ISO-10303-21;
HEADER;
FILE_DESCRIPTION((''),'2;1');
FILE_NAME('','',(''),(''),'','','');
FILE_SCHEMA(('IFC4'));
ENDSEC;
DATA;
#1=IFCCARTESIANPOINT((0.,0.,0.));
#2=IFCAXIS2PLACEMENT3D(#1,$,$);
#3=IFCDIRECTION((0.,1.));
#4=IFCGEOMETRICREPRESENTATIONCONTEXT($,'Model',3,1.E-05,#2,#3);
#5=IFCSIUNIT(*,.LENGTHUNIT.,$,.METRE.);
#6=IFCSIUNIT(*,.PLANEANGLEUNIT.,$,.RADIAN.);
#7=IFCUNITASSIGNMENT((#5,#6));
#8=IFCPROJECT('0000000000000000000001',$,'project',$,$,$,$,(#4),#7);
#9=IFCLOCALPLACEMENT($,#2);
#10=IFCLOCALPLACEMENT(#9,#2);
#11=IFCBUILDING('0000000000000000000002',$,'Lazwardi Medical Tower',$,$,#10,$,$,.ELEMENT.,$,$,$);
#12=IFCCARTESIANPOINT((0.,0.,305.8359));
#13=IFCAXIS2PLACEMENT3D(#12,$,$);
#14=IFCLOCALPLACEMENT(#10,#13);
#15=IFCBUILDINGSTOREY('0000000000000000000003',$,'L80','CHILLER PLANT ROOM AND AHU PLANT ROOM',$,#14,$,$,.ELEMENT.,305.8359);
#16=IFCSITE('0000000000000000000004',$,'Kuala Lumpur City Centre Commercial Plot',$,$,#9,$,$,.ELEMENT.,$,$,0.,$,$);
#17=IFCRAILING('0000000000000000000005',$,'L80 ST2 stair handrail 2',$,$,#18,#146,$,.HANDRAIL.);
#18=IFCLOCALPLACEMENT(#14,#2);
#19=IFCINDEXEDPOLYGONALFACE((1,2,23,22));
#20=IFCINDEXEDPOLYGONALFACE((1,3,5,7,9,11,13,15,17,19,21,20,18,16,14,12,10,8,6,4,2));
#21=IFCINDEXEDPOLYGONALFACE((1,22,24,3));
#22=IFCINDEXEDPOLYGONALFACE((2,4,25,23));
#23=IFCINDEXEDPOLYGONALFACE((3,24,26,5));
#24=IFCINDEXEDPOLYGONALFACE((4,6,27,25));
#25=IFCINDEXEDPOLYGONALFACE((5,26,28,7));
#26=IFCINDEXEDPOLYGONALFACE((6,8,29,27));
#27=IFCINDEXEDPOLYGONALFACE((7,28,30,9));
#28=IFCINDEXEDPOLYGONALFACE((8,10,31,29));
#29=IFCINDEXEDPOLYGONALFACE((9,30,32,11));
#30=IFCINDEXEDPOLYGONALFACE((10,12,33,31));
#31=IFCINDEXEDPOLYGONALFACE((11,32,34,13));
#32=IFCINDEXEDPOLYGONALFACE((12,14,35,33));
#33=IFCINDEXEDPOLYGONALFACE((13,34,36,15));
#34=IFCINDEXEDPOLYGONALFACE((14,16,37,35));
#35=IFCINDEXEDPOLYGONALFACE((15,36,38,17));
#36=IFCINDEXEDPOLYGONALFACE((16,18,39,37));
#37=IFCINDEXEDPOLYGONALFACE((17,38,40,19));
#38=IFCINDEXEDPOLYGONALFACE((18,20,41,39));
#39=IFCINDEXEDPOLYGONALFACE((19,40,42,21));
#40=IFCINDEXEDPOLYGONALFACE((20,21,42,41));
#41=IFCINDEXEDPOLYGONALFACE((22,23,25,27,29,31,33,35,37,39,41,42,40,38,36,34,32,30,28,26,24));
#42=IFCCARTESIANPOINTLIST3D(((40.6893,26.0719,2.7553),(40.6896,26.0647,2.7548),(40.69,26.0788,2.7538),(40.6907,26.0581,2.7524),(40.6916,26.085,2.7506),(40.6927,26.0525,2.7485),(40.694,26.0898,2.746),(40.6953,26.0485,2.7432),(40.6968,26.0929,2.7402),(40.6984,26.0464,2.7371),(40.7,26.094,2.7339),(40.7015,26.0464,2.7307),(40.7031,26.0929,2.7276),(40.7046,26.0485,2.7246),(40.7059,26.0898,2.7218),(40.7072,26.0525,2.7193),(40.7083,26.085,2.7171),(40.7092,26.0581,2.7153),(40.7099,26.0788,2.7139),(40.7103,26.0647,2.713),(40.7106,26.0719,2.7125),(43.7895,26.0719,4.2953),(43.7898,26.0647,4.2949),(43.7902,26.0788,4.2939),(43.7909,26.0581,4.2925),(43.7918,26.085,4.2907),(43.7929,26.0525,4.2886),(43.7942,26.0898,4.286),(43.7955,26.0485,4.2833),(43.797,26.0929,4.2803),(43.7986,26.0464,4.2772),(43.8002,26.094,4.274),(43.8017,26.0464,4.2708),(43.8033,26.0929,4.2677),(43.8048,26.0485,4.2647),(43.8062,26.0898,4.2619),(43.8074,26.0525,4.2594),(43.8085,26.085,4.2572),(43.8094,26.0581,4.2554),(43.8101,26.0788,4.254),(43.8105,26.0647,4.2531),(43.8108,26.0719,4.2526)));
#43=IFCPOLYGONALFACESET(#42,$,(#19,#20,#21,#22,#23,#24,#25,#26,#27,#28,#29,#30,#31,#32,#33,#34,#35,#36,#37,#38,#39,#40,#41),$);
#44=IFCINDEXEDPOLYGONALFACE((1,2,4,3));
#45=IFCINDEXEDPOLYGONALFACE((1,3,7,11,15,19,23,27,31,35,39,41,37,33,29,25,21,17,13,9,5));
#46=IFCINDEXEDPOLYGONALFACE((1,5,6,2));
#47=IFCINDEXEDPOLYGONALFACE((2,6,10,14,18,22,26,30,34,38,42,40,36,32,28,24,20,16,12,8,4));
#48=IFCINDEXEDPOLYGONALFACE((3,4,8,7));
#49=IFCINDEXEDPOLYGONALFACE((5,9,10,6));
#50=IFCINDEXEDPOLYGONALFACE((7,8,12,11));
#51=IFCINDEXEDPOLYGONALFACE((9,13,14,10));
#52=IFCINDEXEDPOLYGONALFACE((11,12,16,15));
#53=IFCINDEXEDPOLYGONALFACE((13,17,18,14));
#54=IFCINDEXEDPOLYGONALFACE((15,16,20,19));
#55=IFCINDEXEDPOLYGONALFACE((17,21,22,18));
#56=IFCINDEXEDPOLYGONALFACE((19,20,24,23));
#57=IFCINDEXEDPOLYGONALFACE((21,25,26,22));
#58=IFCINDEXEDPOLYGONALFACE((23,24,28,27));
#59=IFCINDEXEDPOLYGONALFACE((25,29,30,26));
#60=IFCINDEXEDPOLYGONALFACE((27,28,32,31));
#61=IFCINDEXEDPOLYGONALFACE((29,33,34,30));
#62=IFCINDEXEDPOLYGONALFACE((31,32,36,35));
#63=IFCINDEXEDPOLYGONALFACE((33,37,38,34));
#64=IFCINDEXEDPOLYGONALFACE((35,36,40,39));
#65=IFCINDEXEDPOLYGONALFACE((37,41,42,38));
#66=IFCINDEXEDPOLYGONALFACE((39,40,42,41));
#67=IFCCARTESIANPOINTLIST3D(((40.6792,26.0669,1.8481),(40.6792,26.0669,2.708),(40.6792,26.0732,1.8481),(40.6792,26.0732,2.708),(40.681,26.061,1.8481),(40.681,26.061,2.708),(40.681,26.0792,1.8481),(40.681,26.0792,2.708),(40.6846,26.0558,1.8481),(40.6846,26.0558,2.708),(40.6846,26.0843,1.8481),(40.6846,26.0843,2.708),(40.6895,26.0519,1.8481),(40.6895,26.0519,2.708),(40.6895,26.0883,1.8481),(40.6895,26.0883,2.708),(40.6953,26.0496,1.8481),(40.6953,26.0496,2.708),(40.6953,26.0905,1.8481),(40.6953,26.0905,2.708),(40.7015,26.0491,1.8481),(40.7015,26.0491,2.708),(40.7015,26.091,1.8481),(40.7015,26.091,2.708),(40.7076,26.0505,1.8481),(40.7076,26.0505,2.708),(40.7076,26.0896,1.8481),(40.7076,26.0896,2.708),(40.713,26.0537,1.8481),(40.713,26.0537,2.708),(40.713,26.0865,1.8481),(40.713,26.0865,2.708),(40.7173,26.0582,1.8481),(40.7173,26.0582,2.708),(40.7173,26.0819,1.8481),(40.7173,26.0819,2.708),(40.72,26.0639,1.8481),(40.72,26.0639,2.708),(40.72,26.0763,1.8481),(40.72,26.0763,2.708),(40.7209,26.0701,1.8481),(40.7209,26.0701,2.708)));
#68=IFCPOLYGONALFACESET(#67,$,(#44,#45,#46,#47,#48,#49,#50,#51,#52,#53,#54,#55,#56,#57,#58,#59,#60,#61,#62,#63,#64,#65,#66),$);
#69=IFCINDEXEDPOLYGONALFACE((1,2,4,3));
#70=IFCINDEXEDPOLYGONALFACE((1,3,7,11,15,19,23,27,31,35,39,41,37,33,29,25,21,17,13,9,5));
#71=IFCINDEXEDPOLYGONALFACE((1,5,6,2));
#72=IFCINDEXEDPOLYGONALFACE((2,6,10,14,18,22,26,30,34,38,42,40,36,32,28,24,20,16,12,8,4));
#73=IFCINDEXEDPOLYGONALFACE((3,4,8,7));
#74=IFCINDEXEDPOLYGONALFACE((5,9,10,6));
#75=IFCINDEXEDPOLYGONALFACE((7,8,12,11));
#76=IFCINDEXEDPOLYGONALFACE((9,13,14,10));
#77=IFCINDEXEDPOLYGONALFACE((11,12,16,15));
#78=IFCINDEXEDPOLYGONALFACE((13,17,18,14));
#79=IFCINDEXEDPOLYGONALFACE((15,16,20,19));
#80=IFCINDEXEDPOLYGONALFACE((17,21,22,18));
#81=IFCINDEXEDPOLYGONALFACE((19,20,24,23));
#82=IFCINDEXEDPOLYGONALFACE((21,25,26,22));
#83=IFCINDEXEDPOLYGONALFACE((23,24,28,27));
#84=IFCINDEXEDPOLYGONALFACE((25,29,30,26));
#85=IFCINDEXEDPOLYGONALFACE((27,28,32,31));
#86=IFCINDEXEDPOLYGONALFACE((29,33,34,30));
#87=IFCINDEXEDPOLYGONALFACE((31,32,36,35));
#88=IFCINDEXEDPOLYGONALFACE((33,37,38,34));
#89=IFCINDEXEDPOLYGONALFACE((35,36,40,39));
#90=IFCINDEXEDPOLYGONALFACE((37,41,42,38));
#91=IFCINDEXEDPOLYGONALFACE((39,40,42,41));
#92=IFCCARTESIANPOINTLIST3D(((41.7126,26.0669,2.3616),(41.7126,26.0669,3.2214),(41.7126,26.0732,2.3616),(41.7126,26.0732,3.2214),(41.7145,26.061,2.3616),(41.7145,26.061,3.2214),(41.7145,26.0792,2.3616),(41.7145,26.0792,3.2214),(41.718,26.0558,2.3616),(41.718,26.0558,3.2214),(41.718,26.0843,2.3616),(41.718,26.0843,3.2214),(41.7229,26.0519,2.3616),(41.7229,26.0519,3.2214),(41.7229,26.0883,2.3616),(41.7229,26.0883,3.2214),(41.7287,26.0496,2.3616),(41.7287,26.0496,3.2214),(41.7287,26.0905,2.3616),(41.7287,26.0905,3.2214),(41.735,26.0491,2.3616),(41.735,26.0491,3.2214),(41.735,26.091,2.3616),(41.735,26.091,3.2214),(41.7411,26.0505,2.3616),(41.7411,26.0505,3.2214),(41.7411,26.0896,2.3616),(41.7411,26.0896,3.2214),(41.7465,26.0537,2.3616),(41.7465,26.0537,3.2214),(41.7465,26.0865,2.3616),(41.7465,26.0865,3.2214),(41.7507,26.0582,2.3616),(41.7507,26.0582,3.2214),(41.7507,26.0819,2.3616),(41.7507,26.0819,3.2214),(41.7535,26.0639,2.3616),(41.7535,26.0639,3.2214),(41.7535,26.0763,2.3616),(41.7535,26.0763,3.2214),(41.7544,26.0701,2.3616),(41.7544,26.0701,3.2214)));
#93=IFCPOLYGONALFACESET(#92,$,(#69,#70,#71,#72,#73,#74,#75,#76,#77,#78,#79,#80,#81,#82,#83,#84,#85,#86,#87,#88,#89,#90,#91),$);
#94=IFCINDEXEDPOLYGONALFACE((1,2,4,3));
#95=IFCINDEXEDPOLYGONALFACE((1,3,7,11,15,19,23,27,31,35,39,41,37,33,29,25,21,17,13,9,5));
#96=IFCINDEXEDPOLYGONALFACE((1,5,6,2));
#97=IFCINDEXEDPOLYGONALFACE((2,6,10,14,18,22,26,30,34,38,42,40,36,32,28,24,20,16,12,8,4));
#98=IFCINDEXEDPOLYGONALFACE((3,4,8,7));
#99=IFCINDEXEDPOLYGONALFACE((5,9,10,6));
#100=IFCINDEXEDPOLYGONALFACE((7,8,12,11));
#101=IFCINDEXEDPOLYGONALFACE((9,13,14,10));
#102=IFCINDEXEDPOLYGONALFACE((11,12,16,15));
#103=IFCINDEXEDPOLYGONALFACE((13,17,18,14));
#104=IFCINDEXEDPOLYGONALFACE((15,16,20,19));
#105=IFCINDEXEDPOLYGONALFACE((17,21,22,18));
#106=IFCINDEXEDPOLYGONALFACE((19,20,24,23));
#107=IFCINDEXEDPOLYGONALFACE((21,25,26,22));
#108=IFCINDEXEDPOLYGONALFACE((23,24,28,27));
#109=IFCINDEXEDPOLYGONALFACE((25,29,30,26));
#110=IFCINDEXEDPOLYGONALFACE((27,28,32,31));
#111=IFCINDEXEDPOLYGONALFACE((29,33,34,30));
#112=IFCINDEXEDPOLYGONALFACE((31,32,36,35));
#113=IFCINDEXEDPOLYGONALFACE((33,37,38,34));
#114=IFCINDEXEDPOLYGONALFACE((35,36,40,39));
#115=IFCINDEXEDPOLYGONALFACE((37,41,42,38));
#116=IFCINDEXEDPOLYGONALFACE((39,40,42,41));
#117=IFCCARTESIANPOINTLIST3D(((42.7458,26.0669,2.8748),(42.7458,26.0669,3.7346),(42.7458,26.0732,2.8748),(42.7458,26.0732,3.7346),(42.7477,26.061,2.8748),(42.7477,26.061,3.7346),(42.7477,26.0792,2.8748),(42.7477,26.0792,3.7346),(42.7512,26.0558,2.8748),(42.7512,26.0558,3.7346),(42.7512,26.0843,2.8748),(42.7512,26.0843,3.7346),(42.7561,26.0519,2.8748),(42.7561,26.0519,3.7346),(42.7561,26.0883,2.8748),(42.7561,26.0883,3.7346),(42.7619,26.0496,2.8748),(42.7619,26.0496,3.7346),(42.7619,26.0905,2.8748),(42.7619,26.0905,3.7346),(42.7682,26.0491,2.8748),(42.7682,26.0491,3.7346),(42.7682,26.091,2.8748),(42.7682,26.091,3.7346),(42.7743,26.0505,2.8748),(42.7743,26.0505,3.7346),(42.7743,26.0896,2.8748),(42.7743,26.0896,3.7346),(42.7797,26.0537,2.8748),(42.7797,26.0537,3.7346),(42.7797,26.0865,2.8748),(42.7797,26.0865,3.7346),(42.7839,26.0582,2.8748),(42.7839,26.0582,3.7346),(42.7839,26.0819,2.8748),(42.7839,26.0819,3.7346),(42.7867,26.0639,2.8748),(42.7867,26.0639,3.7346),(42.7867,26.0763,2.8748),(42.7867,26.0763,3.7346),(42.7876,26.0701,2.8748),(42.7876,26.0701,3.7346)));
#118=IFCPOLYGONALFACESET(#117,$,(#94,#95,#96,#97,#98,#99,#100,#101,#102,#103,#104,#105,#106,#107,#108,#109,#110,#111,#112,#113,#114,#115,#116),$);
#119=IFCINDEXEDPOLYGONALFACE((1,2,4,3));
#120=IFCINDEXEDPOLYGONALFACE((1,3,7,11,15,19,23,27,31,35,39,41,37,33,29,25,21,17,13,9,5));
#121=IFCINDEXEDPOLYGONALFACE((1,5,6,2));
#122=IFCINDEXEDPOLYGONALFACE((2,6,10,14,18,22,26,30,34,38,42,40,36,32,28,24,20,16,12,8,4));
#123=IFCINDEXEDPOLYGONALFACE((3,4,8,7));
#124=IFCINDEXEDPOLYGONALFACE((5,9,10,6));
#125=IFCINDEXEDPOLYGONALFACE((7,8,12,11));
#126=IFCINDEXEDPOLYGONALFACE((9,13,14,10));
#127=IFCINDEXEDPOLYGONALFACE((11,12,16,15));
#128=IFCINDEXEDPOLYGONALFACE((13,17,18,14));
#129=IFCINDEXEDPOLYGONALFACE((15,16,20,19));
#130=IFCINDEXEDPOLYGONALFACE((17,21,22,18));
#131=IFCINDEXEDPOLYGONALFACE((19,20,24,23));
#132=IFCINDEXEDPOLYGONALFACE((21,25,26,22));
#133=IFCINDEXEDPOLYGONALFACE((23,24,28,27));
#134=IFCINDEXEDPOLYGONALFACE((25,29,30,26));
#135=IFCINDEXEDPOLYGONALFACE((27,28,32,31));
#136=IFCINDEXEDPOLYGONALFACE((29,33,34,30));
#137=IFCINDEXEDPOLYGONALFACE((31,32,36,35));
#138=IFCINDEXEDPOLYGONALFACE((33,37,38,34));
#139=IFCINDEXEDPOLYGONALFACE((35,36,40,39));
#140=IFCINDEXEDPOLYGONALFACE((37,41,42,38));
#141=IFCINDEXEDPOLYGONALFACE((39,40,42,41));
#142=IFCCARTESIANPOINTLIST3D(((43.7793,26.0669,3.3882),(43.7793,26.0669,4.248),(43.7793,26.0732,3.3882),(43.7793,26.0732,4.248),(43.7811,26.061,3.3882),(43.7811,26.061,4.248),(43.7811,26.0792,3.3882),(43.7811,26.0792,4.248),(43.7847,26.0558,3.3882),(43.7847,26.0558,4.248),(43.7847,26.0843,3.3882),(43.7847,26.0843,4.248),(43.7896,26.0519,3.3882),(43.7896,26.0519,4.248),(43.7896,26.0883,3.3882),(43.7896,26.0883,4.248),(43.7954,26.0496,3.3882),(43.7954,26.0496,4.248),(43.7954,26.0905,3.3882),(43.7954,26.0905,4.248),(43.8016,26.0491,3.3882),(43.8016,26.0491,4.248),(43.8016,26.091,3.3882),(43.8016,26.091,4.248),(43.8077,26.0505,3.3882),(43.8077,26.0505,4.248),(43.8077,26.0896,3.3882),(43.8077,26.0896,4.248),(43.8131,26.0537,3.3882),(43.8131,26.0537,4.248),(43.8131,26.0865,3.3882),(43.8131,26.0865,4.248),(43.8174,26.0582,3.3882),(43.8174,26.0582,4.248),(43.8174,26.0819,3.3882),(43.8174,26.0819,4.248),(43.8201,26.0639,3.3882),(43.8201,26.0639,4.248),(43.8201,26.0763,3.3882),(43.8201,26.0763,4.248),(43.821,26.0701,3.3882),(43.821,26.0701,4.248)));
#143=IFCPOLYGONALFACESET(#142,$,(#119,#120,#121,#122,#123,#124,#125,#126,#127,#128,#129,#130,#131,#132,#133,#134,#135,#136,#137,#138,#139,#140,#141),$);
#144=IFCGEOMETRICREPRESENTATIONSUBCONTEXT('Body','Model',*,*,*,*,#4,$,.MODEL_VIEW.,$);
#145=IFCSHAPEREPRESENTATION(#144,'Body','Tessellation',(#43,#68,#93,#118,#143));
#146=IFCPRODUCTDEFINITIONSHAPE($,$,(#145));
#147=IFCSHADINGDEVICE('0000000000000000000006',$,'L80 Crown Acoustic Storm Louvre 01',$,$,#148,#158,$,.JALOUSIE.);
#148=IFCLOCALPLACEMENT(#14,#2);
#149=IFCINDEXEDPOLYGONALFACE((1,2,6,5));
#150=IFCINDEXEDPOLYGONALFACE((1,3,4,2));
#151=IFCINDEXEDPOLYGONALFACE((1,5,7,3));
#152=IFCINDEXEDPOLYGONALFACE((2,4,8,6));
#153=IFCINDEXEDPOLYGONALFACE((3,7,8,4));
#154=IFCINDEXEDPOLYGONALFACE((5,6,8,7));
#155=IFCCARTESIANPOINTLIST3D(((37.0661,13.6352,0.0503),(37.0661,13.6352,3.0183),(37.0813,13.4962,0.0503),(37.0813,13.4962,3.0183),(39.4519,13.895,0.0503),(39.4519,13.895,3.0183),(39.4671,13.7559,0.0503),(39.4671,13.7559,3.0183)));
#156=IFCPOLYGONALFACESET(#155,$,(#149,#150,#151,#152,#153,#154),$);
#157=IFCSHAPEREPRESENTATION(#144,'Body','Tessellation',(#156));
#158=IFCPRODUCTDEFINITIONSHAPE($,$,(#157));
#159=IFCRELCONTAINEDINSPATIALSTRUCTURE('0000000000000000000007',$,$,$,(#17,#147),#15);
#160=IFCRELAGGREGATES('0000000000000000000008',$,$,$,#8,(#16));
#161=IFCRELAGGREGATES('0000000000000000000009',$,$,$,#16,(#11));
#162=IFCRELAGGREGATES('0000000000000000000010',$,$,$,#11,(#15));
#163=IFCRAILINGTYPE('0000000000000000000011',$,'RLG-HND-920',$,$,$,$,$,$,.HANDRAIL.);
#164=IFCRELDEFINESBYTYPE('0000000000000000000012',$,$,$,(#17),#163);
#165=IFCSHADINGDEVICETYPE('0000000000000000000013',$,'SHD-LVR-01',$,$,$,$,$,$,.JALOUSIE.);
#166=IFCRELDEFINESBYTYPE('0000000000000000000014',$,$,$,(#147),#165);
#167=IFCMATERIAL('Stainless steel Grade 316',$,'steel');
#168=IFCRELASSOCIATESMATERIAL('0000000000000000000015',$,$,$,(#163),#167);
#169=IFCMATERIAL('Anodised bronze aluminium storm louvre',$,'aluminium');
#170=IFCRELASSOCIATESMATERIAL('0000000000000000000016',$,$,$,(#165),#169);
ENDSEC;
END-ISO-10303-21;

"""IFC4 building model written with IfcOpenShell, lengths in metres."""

from ifc_helpers import new_model, si_unit, direction, frame, origin, origin_2d, place, context, subcontext, project, spatial, rectangle, circle, extrude, material, type_object, element, save


model = new_model("IFC4")

# Units and contexts
model_context = context("Model", 3, precision=1e-05, world=origin(), true_north=direction((0.0, 1.0)))
body_context = subcontext(model_context, "Body", "Model", "MODEL_VIEW")
ifc_project = project(units=[si_unit("LENGTHUNIT", "METRE"), si_unit("PLANEANGLEUNIT", "RADIAN")], contexts=[model_context])

# Site, building, storey
site_placement = place(None, origin())
site = spatial("IfcSite", under=ifc_project, at=site_placement, Name="Kuala Lumpur City Centre Commercial Plot", CompositionType="ELEMENT", RefElevation=0.0)
building_placement = place(site_placement, origin())
building = spatial("IfcBuilding", under=site, at=building_placement, Name="Lazwardi Medical Tower", CompositionType="ELEMENT")
storey_placement = place(building_placement, frame((0.0, 0.0, 305.8359)))
storey = spatial("IfcBuildingStorey", under=building, at=storey_placement, Name="L80", Description="CHILLER PLANT ROOM AND AHU PLANT ROOM", CompositionType="ELEMENT", Elevation=305.8359)

# Railing
ifc_material_1 = material(Name="Stainless steel Grade 316", Category="steel")
railing_type_1 = type_object("IfcRailingType", Name="RLG-HND-920", PredefinedType="HANDRAIL", material=ifc_material_1)
railing_1_placement = place(storey_placement, frame((40.7, 26.0701, 1.8481)))
element("IfcRailing", 1, at=railing_1_placement, inside=storey, type_object=railing_type_1, Name="L80 ST2 stair handrail 2", PredefinedType="HANDRAIL", context=body_context, shape_type="SweptSolid", body=[
    extrude(circle(Radius=0.0239, at=origin_2d()), frame((0.0, 0.0, 0.8857), z_axis=(0.895581, 0.0, 0.444899), x_axis=(0.0, 1.0, 0.0)), (0.0, 0.0, 1.0), 3.4617),
    extrude(circle(Radius=0.021, at=origin_2d()), origin(), (0.0, 0.0, 1.0), 0.8599),
    extrude(circle(Radius=0.021, at=origin_2d()), frame((1.0334, 0.0, 0.5134)), (0.0, 0.0, 1.0), 0.8599),
    extrude(circle(Radius=0.021, at=origin_2d()), frame((2.0667, 0.0, 1.0266)), (0.0, 0.0, 1.0), 0.8599),
    extrude(circle(Radius=0.021, at=origin_2d()), frame((3.1001, 0.0, 1.54)), (0.0, 0.0, 1.0), 0.8599),
])

# Shading device
ifc_material_2 = material(Name="Anodised bronze aluminium storm louvre", Category="aluminium")
shading_device_type = type_object("IfcShadingDeviceType", Name="SHD-LVR-01", PredefinedType="JALOUSIE", material=ifc_material_2)
shading_device_placement = place(storey_placement, frame((38.2666, 13.6956, 0.0503), z_axis=(0.0, 0.0, 1.0), x_axis=(0.994126, 0.10823, 0.0)))
element("IfcShadingDevice", 2, at=shading_device_placement, inside=storey, type_object=shading_device_type, Name="L80 Crown Acoustic Storm Louvre 01", PredefinedType="JALOUSIE", context=body_context, shape_type="SweptSolid", body=[
    extrude(rectangle(XDim=2.3999, YDim=0.1399, at=origin_2d()), origin(), (0.0, 0.0, 1.0), 2.968),
])

save(model, "model.ifc")
